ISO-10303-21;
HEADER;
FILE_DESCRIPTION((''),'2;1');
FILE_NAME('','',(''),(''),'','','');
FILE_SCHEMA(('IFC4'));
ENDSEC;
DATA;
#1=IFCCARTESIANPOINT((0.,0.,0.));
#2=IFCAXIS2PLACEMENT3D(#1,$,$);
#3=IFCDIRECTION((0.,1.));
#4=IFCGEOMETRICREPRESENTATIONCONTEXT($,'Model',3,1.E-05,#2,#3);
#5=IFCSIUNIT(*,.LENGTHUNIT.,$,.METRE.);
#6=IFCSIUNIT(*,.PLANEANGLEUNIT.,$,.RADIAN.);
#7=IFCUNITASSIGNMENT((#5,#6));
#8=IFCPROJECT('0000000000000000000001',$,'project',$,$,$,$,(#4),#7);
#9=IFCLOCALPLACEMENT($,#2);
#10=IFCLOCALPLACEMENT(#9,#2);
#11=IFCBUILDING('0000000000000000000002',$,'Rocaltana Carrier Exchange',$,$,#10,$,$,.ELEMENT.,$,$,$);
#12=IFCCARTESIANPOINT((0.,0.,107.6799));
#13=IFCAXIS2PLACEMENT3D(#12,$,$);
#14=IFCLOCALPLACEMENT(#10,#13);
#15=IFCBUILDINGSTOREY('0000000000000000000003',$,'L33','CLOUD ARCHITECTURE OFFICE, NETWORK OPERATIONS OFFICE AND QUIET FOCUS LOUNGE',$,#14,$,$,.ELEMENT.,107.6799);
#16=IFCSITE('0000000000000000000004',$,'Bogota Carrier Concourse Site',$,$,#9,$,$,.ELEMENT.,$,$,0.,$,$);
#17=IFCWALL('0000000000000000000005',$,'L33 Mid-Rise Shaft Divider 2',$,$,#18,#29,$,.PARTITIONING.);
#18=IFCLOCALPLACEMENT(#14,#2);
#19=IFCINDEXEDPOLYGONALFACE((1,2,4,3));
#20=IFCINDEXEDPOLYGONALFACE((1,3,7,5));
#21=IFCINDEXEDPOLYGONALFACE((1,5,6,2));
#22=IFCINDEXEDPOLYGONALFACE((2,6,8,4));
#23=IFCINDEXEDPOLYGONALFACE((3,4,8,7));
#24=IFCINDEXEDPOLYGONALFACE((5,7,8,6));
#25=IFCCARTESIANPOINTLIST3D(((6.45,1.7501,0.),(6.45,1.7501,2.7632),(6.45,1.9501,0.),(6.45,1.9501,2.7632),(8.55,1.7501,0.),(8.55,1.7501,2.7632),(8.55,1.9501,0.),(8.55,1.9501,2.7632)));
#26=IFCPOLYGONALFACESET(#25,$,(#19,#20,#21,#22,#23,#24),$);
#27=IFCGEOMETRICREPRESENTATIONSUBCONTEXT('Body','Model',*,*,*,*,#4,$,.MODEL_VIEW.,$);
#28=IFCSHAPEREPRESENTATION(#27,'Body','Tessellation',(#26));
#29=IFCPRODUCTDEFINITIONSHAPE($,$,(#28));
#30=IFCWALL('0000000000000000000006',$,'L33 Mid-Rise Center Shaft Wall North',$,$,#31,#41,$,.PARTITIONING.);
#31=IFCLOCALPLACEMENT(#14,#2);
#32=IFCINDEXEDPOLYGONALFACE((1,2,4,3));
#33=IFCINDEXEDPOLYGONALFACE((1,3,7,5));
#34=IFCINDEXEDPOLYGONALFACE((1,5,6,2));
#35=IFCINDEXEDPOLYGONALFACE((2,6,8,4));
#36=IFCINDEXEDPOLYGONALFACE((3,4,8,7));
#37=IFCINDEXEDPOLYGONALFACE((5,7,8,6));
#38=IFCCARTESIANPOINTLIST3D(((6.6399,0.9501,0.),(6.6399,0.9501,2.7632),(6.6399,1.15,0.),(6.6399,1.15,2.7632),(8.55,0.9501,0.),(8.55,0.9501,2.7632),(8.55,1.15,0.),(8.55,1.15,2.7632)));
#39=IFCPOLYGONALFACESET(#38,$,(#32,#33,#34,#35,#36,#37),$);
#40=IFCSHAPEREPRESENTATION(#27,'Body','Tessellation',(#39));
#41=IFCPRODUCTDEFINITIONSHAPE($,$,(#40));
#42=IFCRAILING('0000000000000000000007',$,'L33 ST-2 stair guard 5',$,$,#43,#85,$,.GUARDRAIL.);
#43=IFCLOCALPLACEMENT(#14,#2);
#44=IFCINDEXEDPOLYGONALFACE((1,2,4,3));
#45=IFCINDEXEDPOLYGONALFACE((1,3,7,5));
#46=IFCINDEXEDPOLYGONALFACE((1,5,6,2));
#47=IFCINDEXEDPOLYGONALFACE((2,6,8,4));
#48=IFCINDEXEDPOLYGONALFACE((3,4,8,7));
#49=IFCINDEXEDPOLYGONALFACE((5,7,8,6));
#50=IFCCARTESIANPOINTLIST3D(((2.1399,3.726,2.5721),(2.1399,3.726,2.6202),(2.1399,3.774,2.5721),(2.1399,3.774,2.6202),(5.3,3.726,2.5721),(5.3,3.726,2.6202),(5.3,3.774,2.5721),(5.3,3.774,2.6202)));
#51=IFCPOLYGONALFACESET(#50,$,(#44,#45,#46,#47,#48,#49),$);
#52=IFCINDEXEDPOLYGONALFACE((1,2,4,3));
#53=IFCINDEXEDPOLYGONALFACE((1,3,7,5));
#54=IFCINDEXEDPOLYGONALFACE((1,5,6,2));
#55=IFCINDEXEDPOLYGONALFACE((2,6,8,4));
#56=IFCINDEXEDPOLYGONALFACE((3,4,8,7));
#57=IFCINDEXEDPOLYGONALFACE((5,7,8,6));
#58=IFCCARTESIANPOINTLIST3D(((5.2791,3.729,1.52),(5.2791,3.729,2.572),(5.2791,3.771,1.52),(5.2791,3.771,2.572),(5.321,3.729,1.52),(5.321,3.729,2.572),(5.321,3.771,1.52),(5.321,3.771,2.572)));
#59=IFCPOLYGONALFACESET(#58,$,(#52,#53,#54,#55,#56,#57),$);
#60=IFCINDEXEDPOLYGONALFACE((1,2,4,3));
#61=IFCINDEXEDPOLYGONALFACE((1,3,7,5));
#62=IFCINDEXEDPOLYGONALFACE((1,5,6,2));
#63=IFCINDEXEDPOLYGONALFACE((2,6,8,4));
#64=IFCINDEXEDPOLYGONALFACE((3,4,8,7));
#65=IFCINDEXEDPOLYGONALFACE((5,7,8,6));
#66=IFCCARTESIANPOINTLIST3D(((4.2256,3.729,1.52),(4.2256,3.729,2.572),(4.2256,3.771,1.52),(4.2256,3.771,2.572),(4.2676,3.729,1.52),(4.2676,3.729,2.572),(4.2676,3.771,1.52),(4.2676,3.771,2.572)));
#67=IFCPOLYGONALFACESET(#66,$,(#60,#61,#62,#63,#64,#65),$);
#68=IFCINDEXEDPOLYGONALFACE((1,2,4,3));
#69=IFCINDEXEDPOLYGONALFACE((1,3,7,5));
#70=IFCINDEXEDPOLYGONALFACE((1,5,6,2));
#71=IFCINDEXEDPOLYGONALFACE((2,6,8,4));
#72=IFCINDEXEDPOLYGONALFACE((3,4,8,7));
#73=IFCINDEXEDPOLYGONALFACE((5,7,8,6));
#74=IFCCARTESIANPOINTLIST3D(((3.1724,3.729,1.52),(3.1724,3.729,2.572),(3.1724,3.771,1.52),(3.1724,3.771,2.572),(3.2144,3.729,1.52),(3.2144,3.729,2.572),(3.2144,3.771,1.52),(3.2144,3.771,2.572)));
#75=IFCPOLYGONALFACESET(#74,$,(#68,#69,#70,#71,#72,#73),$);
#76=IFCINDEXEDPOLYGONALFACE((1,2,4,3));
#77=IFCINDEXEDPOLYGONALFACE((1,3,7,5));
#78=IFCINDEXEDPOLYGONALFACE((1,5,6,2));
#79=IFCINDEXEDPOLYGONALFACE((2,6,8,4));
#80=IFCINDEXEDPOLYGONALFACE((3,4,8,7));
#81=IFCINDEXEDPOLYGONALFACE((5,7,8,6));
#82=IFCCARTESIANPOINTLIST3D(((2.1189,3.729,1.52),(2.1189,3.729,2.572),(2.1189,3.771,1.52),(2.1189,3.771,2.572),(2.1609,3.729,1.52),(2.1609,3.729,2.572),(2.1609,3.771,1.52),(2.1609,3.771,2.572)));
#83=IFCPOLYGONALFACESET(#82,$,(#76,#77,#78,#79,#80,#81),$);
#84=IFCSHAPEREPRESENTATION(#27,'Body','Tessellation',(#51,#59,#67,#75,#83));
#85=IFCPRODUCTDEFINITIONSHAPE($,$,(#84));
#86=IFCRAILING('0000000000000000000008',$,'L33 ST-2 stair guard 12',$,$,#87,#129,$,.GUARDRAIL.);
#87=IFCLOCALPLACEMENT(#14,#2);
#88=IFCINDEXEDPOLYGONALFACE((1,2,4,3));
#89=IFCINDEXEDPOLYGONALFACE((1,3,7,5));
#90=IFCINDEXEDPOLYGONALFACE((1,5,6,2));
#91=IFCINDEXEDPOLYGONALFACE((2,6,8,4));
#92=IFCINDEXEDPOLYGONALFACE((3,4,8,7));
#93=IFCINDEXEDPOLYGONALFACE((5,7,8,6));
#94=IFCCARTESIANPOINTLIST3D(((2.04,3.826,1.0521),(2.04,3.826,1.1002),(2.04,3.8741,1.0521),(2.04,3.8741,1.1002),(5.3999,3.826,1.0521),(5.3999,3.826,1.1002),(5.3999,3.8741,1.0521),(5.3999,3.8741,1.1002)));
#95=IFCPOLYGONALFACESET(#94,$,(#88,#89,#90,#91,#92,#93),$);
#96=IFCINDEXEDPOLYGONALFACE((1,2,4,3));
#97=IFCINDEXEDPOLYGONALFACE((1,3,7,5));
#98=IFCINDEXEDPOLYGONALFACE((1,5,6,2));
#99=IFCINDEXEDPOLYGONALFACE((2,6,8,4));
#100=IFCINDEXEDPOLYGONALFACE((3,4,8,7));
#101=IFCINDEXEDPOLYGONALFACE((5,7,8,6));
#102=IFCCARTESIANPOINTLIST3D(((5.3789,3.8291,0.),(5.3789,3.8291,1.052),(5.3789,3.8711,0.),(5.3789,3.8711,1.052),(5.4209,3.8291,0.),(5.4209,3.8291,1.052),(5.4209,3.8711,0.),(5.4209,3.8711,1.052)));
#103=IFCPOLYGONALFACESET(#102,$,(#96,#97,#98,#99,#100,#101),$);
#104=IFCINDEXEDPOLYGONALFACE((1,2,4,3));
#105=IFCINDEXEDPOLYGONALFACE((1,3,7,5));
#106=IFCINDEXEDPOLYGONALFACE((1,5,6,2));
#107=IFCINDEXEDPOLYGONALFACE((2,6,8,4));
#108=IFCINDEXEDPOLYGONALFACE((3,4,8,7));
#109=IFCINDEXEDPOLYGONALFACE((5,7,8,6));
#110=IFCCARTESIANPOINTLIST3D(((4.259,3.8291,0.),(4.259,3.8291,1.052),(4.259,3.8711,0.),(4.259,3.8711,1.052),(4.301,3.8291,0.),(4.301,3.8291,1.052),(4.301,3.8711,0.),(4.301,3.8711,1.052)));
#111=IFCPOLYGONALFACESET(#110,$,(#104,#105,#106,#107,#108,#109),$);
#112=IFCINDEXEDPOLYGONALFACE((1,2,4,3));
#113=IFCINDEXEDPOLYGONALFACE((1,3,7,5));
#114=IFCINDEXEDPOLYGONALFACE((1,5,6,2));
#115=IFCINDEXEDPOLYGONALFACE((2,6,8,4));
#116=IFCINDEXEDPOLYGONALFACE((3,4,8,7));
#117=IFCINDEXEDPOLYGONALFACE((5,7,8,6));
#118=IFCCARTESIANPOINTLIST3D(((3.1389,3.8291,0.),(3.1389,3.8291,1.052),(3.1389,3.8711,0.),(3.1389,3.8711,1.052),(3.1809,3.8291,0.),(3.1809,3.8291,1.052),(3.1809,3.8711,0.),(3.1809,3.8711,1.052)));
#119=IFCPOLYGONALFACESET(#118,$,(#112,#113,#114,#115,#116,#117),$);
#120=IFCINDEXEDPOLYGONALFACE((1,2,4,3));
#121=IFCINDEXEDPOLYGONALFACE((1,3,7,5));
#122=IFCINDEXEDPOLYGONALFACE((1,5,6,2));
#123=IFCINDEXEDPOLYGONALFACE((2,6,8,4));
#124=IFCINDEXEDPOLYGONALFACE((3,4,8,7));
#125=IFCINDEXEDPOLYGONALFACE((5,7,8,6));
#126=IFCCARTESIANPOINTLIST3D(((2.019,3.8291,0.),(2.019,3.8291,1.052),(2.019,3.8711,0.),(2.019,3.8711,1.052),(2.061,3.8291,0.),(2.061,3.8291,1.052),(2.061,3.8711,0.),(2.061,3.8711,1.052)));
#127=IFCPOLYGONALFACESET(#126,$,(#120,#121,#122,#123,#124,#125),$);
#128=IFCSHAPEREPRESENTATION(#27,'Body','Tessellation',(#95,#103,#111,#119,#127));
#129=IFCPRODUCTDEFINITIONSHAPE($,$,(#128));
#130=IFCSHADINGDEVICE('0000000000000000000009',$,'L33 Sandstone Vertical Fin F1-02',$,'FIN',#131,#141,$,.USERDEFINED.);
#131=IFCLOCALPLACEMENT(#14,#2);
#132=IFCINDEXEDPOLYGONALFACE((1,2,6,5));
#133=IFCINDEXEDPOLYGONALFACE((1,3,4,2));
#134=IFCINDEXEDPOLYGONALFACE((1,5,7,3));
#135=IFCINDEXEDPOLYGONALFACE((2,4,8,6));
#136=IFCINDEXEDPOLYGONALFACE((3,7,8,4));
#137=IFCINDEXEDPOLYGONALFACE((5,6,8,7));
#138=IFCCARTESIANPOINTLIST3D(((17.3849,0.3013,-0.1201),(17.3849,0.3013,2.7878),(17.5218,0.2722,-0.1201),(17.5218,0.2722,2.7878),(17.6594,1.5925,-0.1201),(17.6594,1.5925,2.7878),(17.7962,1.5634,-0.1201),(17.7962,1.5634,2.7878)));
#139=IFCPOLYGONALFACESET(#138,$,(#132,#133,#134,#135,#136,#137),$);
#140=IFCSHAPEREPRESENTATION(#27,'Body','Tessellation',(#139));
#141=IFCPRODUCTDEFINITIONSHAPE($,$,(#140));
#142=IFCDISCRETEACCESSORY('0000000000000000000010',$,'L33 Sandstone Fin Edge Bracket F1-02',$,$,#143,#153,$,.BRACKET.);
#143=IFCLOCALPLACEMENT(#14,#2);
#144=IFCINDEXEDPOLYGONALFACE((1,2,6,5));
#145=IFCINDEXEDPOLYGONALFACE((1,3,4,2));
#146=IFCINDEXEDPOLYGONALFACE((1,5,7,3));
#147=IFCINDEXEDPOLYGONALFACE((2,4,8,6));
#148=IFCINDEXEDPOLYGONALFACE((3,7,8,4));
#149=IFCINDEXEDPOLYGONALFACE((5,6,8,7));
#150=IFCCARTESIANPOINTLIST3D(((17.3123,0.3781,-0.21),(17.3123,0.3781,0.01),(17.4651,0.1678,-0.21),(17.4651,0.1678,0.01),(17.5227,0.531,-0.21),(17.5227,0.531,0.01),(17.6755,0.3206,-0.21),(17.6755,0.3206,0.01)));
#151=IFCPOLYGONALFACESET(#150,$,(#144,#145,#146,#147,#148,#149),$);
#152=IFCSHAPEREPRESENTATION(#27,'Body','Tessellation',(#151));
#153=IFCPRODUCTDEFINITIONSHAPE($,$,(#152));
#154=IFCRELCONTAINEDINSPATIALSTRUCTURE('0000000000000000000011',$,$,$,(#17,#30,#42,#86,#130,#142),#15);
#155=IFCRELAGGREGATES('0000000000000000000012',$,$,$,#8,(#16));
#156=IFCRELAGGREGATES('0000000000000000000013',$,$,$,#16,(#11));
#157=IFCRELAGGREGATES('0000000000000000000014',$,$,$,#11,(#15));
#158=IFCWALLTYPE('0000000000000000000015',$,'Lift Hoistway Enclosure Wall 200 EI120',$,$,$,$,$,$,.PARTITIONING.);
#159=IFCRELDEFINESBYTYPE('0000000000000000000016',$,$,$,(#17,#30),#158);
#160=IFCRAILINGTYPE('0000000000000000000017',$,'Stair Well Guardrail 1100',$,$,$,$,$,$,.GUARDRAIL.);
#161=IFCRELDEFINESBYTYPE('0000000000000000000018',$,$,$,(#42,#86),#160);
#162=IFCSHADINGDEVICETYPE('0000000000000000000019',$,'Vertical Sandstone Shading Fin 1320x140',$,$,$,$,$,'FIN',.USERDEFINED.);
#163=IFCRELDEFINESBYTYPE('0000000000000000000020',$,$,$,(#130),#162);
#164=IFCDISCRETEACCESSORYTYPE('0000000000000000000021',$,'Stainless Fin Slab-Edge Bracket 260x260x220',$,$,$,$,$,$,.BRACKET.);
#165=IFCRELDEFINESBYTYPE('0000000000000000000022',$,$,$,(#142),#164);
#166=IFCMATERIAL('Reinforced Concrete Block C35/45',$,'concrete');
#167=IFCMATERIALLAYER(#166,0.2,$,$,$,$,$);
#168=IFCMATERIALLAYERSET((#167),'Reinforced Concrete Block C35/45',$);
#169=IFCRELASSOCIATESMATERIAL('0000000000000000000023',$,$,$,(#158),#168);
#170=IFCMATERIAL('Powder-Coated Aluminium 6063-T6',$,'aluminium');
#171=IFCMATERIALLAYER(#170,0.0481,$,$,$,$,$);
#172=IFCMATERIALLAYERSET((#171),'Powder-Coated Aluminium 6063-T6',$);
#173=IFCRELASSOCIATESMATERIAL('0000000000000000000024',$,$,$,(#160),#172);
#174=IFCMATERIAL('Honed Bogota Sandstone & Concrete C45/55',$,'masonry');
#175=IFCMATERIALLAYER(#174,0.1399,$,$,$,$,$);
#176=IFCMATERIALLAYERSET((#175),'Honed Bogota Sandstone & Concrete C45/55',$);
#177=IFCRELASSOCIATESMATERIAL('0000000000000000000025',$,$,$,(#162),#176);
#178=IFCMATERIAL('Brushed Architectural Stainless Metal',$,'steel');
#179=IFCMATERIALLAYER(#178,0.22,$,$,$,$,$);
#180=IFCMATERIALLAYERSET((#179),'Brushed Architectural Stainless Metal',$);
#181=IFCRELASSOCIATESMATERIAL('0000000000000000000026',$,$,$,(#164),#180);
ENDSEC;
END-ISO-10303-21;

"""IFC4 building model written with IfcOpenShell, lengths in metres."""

from ifc_helpers import new_model, si_unit, direction, frame, frame_2d, origin, origin_2d, place, context, subcontext, project, spatial, rectangle, extrude, material, layer, layer_set, type_object, element, save


model = new_model("IFC4")

# Units and contexts
model_context = context("Model", 3, precision=1e-05, world=origin(), true_north=direction((0.0, 1.0)))
body_context = subcontext(model_context, "Body", "Model", "MODEL_VIEW")
ifc_project = project(units=[si_unit("LENGTHUNIT", "METRE"), si_unit("PLANEANGLEUNIT", "RADIAN")], contexts=[model_context])

# Site, building, storey
site_placement = place(None, origin())
site = spatial("IfcSite", under=ifc_project, at=site_placement, Name="Bogota Carrier Concourse Site", CompositionType="ELEMENT", RefElevation=0.0)
building_placement = place(site_placement, origin())
building = spatial("IfcBuilding", under=site, at=building_placement, Name="Rocaltana Carrier Exchange", CompositionType="ELEMENT")
storey_placement = place(building_placement, frame((0.0, 0.0, 107.6799)))
storey = spatial("IfcBuildingStorey", under=building, at=storey_placement, Name="L33", Description="CLOUD ARCHITECTURE OFFICE, NETWORK OPERATIONS OFFICE AND QUIET FOCUS LOUNGE", CompositionType="ELEMENT", Elevation=107.6799)

# Walls
ifc_material_1 = material(Name="Reinforced Concrete Block C35/45", Category="concrete")
ifc_layer_1 = layer(ifc_material_1, 0.2)
ifc_layer_set_1 = layer_set([ifc_layer_1], Name="Reinforced Concrete Block C35/45")
wall_type_1 = type_object("IfcWallType", Name="Lift Hoistway Enclosure Wall 200 EI120", PredefinedType="PARTITIONING", material=ifc_layer_set_1)
wall_1_placement = place(storey_placement, frame((6.45, 1.8501, 0.0), z_axis=(0.0, 0.0, 1.0), x_axis=(1.0, 0.0, 0.0)))
element("IfcWall", 1, at=wall_1_placement, inside=storey, type_object=wall_type_1, Name="L33 Mid-Rise Shaft Divider 2", PredefinedType="PARTITIONING", context=body_context, shape_type="SweptSolid", body=[
    extrude(rectangle(XDim=2.1001, YDim=0.2, at=frame_2d((1.05, 0.0))), origin(), (0.0, 0.0, 1.0), 2.7632),
])
wall_2_placement = place(storey_placement, frame((6.6399, 1.05, 0.0), z_axis=(0.0, 0.0, 1.0), x_axis=(1.0, 0.0, 0.0)))
element("IfcWall", 2, at=wall_2_placement, inside=storey, type_object=wall_type_1, Name="L33 Mid-Rise Center Shaft Wall North", PredefinedType="PARTITIONING", context=body_context, shape_type="SweptSolid", body=[
    extrude(rectangle(XDim=1.9102, YDim=0.2, at=frame_2d((0.9551, 0.0))), origin(), (0.0, 0.0, 1.0), 2.7632),
])

# Railings
ifc_material_2 = material(Name="Powder-Coated Aluminium 6063-T6", Category="aluminium")
ifc_layer_2 = layer(ifc_material_2, 0.0481)
ifc_layer_set_2 = layer_set([ifc_layer_2], Name="Powder-Coated Aluminium 6063-T6")
railing_type = type_object("IfcRailingType", Name="Stair Well Guardrail 1100", PredefinedType="GUARDRAIL", material=ifc_layer_set_2)
railing_1_placement = place(storey_placement, frame((5.3, 3.75, 1.52)))
element("IfcRailing", 3, at=railing_1_placement, inside=storey, type_object=railing_type, Name="L33 ST-2 stair guard 5", PredefinedType="GUARDRAIL", context=body_context, shape_type="SweptSolid", body=[
    extrude(rectangle(XDim=0.0481, YDim=0.0481, at=origin_2d()), frame((0.0, 0.0, 1.0762), z_axis=(-1.0, 0.0, 0.0), x_axis=(0.0, -1.0, 0.0)), (0.0, 0.0, 1.0), 3.1602),
    extrude(rectangle(XDim=0.042, YDim=0.042, at=origin_2d()), origin(), (0.0, 0.0, 1.0), 1.052),
    extrude(rectangle(XDim=0.042, YDim=0.042, at=origin_2d()), frame((-1.0535, 0.0, 0.0)), (0.0, 0.0, 1.0), 1.052),
    extrude(rectangle(XDim=0.042, YDim=0.042, at=origin_2d()), frame((-2.1067, 0.0, 0.0)), (0.0, 0.0, 1.0), 1.052),
    extrude(rectangle(XDim=0.042, YDim=0.042, at=origin_2d()), frame((-3.1602, 0.0, 0.0)), (0.0, 0.0, 1.0), 1.052),
])
railing_2_placement = place(storey_placement, frame((5.3999, 3.8501, 0.0)))
element("IfcRailing", 4, at=railing_2_placement, inside=storey, type_object=railing_type, Name="L33 ST-2 stair guard 12", PredefinedType="GUARDRAIL", context=body_context, shape_type="SweptSolid", body=[
    extrude(rectangle(XDim=0.0481, YDim=0.0481, at=origin_2d()), frame((0.0, 0.0, 1.0762), z_axis=(-1.0, 0.0, 0.0), x_axis=(0.0, -1.0, 0.0)), (0.0, 0.0, 1.0), 3.3599),
    extrude(rectangle(XDim=0.042, YDim=0.042, at=origin_2d()), origin(), (0.0, 0.0, 1.0), 1.052),
    extrude(rectangle(XDim=0.042, YDim=0.042, at=origin_2d()), frame((-1.1199, 0.0, 0.0)), (0.0, 0.0, 1.0), 1.052),
    extrude(rectangle(XDim=0.042, YDim=0.042, at=origin_2d()), frame((-2.24, 0.0, 0.0)), (0.0, 0.0, 1.0), 1.052),
    extrude(rectangle(XDim=0.042, YDim=0.042, at=origin_2d()), frame((-3.3599, 0.0, 0.0)), (0.0, 0.0, 1.0), 1.052),
])

# Shading device
ifc_material_3 = material(Name="Honed Bogota Sandstone & Concrete C45/55", Category="masonry")
ifc_layer_3 = layer(ifc_material_3, 0.1399)
ifc_layer_set_3 = layer_set([ifc_layer_3], Name="Honed Bogota Sandstone & Concrete C45/55")
shading_device_type = type_object("IfcShadingDeviceType", Name="Vertical Sandstone Shading Fin 1320x140", ElementType="FIN", PredefinedType="USERDEFINED", material=ifc_layer_set_3)
shading_device_placement = place(storey_placement, frame((17.5906, 0.9324, -0.1201), z_axis=(0.0, 0.0, 1.0), x_axis=(0.207912, 0.978148, 0.0)))
element("IfcShadingDevice", 5, at=shading_device_placement, inside=storey, type_object=shading_device_type, Name="L33 Sandstone Vertical Fin F1-02", ObjectType="FIN", PredefinedType="USERDEFINED", context=body_context, shape_type="SweptSolid", body=[
    extrude(rectangle(XDim=1.3201, YDim=0.1399, at=origin_2d()), origin(), (0.0, 0.0, 1.0), 2.908),
])

# Discrete accessory
ifc_material_4 = material(Name="Brushed Architectural Stainless Metal", Category="steel")
ifc_layer_4 = layer(ifc_material_4, 0.22)
ifc_layer_set_4 = layer_set([ifc_layer_4], Name="Brushed Architectural Stainless Metal")
discrete_accessory_type = type_object("IfcDiscreteAccessoryType", Name="Stainless Fin Slab-Edge Bracket 260x260x220", PredefinedType="BRACKET", material=ifc_layer_set_4)
discrete_accessory_placement = place(storey_placement, frame((17.4939, 0.3494, -0.21), z_axis=(0.0, 0.0, 1.0), x_axis=(-0.587785, 0.809017, 0.0)))
element("IfcDiscreteAccessory", 6, at=discrete_accessory_placement, inside=storey, type_object=discrete_accessory_type, Name="L33 Sandstone Fin Edge Bracket F1-02", PredefinedType="BRACKET", context=body_context, shape_type="SweptSolid", body=[
    extrude(rectangle(XDim=0.26, YDim=0.26, at=origin_2d()), origin(), (0.0, 0.0, 1.0), 0.22),
])

save(model, "model.ifc")
